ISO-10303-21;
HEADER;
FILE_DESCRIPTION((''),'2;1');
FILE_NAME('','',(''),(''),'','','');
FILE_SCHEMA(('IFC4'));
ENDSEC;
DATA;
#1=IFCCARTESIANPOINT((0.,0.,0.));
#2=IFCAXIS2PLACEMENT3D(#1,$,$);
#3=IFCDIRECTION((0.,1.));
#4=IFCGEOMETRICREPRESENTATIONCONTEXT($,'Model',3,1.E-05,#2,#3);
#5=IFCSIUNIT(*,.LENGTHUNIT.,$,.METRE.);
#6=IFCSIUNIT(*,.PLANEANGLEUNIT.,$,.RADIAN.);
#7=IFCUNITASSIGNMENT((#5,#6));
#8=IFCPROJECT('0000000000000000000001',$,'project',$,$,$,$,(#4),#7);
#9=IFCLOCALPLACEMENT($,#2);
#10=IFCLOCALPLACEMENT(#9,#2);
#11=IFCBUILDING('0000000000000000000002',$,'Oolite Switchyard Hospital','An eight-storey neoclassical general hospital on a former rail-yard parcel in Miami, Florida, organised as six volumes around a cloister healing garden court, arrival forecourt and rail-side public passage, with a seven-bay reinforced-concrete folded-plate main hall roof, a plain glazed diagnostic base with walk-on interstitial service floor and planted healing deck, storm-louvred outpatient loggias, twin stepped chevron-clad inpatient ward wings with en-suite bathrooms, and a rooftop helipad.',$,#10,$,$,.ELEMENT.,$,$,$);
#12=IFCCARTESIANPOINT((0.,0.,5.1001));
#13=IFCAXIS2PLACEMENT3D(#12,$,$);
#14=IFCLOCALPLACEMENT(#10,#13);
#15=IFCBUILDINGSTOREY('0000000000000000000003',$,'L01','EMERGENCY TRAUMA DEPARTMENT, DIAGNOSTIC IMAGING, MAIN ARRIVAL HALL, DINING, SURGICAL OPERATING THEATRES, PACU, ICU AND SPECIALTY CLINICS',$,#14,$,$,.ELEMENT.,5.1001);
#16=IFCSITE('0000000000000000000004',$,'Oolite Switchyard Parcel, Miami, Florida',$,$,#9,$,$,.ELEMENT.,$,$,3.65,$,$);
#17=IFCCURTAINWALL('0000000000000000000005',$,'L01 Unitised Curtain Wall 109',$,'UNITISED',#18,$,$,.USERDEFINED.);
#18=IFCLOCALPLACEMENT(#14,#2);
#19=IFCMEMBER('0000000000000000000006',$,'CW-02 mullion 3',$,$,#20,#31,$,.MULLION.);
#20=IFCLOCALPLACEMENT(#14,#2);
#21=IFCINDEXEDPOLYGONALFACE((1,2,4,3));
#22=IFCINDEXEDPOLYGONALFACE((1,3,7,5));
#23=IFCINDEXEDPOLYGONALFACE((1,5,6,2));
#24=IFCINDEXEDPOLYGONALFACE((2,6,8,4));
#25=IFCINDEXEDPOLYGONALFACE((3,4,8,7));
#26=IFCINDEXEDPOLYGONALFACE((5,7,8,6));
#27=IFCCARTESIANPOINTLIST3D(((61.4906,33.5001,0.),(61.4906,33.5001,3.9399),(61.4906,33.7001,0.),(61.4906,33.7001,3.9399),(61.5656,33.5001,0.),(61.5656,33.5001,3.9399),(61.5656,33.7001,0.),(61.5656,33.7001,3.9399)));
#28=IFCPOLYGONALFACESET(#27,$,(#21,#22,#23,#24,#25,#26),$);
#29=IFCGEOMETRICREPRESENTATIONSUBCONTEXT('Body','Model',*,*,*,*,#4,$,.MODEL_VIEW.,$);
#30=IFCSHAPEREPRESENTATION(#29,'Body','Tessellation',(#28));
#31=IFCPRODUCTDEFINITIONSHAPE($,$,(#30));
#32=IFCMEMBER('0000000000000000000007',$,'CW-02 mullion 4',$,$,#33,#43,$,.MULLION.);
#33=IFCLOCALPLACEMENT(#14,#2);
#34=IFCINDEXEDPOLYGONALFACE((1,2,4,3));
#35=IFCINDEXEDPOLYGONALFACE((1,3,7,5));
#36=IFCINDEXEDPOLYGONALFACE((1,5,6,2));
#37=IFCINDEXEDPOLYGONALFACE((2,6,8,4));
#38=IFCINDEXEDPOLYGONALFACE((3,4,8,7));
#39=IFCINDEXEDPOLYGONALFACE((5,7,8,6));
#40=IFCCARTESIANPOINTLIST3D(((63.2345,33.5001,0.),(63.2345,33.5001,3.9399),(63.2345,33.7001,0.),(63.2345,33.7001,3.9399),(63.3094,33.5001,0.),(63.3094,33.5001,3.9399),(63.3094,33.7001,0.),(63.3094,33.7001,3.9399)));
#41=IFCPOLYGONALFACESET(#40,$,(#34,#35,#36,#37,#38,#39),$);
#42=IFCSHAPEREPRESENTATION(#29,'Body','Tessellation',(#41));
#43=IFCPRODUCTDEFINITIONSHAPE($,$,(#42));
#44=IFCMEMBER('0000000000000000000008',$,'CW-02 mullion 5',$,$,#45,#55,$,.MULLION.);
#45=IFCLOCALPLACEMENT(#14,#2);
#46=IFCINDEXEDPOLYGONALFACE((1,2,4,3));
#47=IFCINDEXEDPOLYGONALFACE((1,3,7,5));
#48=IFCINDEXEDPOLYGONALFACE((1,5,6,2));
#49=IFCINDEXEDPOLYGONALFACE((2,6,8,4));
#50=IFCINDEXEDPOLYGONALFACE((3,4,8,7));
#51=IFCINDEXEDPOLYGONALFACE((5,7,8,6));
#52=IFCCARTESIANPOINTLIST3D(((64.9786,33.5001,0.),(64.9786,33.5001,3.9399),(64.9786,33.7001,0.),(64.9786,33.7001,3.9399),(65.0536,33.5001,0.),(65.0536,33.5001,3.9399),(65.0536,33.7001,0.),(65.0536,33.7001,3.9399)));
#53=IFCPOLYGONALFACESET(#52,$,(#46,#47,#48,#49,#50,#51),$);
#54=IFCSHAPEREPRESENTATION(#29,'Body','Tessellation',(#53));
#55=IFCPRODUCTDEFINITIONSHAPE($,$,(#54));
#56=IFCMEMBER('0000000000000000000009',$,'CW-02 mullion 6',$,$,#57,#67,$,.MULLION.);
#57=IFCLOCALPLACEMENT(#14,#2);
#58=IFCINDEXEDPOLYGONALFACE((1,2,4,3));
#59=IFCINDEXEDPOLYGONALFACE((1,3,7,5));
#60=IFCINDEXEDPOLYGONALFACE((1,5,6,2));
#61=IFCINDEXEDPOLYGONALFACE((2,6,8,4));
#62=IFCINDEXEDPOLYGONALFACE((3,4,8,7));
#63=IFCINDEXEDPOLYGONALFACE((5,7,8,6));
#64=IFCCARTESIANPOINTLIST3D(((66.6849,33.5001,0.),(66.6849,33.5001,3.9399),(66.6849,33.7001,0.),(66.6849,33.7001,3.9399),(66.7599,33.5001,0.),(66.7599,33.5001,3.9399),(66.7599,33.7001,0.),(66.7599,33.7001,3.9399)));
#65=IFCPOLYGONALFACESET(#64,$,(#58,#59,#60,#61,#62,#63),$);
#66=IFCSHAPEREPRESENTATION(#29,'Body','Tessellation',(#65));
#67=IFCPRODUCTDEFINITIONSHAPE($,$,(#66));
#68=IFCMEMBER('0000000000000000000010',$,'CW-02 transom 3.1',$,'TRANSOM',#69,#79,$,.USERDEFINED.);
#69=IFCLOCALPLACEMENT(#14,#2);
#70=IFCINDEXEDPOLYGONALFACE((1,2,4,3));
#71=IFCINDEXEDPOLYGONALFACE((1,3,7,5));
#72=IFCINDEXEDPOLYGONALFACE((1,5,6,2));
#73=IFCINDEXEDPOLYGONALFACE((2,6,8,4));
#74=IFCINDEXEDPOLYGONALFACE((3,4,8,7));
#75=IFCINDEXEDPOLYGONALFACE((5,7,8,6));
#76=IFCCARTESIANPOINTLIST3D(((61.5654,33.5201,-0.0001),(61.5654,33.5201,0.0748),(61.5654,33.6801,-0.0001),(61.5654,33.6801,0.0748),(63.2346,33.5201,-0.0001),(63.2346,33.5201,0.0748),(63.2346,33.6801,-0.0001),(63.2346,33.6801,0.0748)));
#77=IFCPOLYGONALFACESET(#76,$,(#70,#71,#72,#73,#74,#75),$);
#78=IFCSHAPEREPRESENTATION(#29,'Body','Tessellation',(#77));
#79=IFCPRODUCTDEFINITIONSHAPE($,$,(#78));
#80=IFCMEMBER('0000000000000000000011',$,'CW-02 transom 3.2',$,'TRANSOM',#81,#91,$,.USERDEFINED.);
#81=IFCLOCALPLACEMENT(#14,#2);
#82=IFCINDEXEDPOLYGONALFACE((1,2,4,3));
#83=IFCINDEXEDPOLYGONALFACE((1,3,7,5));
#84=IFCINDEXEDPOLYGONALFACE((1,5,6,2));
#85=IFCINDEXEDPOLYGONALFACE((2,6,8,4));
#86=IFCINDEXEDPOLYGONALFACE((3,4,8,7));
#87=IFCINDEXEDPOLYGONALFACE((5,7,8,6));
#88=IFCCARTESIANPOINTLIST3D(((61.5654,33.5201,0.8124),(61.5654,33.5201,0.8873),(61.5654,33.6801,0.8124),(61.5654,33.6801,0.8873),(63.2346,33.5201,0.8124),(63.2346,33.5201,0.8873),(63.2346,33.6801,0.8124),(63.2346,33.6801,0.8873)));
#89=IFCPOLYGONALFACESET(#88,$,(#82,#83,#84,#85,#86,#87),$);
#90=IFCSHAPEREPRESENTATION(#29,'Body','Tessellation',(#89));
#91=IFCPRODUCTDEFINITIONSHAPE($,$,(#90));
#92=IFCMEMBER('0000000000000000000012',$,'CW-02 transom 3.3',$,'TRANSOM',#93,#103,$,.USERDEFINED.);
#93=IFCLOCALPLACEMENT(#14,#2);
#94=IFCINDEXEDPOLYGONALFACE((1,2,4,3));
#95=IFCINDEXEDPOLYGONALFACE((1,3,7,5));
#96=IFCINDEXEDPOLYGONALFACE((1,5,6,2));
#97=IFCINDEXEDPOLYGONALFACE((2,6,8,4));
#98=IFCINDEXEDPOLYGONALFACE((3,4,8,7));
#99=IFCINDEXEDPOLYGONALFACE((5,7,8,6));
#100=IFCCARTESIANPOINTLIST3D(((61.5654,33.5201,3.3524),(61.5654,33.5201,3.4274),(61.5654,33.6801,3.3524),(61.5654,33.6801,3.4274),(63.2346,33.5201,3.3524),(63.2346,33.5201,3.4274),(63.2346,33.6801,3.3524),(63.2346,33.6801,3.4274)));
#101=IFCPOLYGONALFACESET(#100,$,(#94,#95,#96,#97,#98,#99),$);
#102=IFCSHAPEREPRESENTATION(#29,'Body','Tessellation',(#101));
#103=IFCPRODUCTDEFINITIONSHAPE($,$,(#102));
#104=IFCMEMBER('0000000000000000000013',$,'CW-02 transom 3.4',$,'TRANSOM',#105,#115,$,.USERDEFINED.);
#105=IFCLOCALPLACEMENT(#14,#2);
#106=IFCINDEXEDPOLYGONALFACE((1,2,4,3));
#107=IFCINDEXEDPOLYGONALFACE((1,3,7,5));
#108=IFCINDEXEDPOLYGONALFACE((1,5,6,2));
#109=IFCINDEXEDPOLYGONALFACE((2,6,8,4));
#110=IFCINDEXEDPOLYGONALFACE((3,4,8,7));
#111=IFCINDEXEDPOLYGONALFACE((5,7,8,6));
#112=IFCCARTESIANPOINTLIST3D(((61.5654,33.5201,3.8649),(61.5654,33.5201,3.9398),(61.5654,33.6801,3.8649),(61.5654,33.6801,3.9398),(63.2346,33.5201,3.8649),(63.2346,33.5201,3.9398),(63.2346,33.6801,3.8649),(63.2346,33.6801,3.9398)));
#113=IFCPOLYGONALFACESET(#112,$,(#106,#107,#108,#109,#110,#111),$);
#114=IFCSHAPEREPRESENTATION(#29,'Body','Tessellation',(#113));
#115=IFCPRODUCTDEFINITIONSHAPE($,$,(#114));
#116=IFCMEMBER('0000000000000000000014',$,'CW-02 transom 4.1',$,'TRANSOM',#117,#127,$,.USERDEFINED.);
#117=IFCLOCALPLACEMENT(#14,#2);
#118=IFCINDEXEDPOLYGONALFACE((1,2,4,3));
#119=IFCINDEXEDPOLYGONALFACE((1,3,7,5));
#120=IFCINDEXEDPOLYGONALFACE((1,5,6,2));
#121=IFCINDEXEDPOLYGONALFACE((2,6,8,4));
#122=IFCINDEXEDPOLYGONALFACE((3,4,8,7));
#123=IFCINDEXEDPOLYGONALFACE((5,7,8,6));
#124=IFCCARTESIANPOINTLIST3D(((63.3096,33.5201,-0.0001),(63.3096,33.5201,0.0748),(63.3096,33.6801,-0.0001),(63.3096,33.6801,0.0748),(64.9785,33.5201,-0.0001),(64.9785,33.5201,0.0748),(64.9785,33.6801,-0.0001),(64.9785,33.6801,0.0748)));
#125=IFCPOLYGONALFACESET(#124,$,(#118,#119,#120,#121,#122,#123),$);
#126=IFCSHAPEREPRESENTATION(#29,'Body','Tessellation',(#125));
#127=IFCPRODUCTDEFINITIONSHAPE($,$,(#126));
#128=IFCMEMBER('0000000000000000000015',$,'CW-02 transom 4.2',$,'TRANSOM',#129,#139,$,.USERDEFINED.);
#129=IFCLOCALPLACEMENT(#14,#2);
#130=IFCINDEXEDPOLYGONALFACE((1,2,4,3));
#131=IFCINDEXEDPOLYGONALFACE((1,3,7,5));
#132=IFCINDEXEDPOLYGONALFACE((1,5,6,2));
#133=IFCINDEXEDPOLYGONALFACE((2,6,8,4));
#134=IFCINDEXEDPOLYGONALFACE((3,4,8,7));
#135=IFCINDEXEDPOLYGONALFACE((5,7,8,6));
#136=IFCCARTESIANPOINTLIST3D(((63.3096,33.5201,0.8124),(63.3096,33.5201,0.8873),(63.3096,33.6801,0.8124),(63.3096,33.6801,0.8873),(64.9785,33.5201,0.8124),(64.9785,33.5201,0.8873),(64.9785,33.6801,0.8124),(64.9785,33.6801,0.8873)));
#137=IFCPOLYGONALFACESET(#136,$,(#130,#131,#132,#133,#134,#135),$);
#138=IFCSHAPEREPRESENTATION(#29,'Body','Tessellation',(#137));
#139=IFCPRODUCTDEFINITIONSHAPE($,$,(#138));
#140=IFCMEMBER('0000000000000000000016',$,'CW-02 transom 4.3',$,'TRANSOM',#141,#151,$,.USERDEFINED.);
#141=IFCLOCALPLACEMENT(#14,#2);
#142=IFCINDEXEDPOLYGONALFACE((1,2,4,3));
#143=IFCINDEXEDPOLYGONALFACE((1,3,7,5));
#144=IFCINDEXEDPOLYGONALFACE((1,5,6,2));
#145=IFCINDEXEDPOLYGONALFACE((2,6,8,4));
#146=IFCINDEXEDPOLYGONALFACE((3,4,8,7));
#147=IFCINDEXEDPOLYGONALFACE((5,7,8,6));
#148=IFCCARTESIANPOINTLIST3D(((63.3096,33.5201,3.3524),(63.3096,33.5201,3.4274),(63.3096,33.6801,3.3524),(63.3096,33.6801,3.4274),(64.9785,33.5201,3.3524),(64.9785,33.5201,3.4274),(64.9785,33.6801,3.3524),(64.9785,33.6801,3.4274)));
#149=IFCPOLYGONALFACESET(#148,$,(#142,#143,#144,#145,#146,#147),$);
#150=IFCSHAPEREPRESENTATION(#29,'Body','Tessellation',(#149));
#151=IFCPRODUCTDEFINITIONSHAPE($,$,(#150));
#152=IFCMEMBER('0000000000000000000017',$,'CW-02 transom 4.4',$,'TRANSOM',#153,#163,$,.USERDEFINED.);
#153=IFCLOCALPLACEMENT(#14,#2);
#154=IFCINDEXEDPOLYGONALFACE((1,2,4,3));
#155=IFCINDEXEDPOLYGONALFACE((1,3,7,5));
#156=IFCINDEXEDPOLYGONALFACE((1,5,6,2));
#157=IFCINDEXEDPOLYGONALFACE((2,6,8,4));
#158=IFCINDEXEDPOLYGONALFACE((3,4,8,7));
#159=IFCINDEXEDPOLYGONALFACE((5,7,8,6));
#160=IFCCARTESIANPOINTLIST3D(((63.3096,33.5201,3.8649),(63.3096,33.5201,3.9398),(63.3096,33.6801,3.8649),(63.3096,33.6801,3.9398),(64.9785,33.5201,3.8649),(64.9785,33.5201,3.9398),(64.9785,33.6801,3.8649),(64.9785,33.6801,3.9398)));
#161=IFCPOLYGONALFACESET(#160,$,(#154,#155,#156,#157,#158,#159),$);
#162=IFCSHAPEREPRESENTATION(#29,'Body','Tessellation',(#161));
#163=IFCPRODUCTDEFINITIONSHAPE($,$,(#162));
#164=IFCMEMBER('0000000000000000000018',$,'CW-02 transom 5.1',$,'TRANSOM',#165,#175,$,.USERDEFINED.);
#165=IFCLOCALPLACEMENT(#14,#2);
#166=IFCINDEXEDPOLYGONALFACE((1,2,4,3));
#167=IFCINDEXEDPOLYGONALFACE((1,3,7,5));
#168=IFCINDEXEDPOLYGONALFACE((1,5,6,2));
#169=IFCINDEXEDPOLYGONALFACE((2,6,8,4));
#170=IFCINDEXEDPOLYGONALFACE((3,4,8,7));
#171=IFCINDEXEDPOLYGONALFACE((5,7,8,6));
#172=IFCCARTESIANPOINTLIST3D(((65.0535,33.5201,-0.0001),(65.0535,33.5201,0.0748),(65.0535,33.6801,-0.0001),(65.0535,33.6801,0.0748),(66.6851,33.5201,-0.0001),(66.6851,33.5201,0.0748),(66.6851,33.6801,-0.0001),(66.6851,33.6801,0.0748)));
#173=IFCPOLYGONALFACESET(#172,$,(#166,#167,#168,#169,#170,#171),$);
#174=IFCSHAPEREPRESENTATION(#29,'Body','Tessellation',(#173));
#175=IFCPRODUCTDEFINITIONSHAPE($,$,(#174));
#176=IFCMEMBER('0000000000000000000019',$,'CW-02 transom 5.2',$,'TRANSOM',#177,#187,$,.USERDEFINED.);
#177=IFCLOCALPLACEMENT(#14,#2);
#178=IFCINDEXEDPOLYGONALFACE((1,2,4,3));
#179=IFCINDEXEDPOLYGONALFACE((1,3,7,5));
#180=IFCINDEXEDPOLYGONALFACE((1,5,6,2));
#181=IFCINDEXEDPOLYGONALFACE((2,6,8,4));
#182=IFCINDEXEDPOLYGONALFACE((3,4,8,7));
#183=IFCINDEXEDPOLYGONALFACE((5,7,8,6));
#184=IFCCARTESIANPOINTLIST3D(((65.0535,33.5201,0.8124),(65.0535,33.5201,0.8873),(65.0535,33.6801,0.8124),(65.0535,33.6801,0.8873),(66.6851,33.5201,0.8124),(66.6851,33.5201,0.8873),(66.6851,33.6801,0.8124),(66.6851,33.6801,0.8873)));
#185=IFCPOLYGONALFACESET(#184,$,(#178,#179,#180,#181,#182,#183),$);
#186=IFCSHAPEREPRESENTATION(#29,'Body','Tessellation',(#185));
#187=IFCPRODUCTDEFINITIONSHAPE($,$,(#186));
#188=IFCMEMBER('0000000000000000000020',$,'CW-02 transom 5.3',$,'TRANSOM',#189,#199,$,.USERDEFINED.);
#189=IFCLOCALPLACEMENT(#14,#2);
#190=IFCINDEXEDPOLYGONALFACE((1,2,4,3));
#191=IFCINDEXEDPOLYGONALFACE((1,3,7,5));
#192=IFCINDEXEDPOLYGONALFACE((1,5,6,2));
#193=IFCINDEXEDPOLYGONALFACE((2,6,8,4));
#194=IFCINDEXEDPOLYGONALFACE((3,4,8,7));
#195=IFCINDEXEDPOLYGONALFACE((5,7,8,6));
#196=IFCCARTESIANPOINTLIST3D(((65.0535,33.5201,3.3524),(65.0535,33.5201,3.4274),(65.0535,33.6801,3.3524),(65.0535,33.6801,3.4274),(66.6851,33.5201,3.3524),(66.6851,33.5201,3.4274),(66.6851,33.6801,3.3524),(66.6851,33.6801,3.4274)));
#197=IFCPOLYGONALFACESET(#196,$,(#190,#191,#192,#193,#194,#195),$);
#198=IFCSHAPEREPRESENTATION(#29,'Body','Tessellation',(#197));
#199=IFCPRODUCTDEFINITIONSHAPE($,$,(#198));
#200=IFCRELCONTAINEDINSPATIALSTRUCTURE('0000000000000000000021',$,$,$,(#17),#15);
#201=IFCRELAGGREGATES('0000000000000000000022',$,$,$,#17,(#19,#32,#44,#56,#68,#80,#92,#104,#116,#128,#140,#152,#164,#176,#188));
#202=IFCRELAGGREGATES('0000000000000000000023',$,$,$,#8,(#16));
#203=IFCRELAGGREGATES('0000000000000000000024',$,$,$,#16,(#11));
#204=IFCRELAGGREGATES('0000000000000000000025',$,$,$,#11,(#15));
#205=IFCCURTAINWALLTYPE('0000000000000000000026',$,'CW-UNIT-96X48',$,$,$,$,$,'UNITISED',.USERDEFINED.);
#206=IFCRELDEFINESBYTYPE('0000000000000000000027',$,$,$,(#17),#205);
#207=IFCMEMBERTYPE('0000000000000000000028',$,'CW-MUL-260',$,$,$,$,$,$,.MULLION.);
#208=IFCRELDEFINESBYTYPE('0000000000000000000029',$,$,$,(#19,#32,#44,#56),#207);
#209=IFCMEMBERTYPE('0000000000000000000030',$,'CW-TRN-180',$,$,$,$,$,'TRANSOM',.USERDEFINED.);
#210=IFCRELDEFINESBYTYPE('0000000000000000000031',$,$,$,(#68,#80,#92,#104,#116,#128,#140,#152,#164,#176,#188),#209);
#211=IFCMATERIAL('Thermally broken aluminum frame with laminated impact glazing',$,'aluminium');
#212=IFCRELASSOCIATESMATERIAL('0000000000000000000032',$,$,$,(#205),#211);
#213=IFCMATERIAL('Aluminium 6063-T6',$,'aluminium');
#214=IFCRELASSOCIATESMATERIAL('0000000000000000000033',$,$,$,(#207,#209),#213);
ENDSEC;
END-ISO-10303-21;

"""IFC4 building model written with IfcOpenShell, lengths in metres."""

from ifc_helpers import new_model, si_unit, direction, frame, origin, origin_2d, place, context, subcontext, project, spatial, rectangle, extrude, material, material_profile, profile_set, type_object, element, aggregate, save


model = new_model("IFC4")

# Units and contexts
model_context = context("Model", 3, precision=1e-05, world=origin(), true_north=direction((0.0, 1.0)))
body_context = subcontext(model_context, "Body", "Model", "MODEL_VIEW")
ifc_project = project(units=[si_unit("LENGTHUNIT", "METRE"), si_unit("PLANEANGLEUNIT", "RADIAN")], contexts=[model_context])

# Site, building, storey
site_placement = place(None, origin())
site = spatial("IfcSite", under=ifc_project, at=site_placement, Name="Oolite Switchyard Parcel, Miami, Florida", CompositionType="ELEMENT", RefElevation=3.65)
building_placement = place(site_placement, origin())
building = spatial("IfcBuilding", under=site, at=building_placement, Name="Oolite Switchyard Hospital", Description="An eight-storey neoclassical general hospital on a former rail-yard parcel in Miami, Florida, organised as six volumes around a cloister healing garden court, arrival forecourt and rail-side public passage, with a seven-bay reinforced-concrete folded-plate main hall roof, a plain glazed diagnostic base with walk-on interstitial service floor and planted healing deck, storm-louvred outpatient loggias, twin stepped chevron-clad inpatient ward wings with en-suite bathrooms, and a rooftop helipad.", CompositionType="ELEMENT")
storey_placement = place(building_placement, frame((0.0, 0.0, 5.1001)))
storey = spatial("IfcBuildingStorey", under=building, at=storey_placement, Name="L01", Description="EMERGENCY TRAUMA DEPARTMENT, DIAGNOSTIC IMAGING, MAIN ARRIVAL HALL, DINING, SURGICAL OPERATING THEATRES, PACU, ICU AND SPECIALTY CLINICS", CompositionType="ELEMENT", Elevation=5.1001)

# Curtain wall, members
ifc_material_1 = material(Name="Thermally broken aluminum frame with laminated impact glazing", Category="aluminium")
curtain_wall_type = type_object("IfcCurtainWallType", Name="CW-UNIT-96X48", ElementType="UNITISED", PredefinedType="USERDEFINED", material=ifc_material_1)
curtain_wall_placement = place(storey_placement, origin())
curtain_wall = element("IfcCurtainWall", 1, at=curtain_wall_placement, inside=storey, type_object=curtain_wall_type, Name="L01 Unitised Curtain Wall 109", ObjectType="UNITISED", PredefinedType="USERDEFINED")
ifc_material_2 = material(Name="Aluminium 6063-T6", Category="aluminium")
ifc_material_profile_1 = material_profile(ifc_material_2, rectangle(XDim=0.2, YDim=0.075, at=origin_2d()), Name="CWM75X200")
ifc_profile_set_1 = profile_set([ifc_material_profile_1], Name="Aluminium 6063-T6")
member_type_1 = type_object("IfcMemberType", Name="CW-MUL-260", PredefinedType="MULLION", material=ifc_profile_set_1)
member_1_placement = place(storey_placement, frame((61.5281, 33.6001, 0.0), z_axis=(0.0, 0.0, 1.0), x_axis=(0.0, 1.0, 0.0)))
member_1 = element("IfcMember", 2, at=member_1_placement, type_object=member_type_1, Name="CW-02 mullion 3", PredefinedType="MULLION", context=body_context, shape_type="SweptSolid", body=[
    extrude(rectangle(XDim=0.2, YDim=0.075, at=origin_2d()), origin(), (0.0, 0.0, 1.0), 3.9399),
])
member_2_placement = place(storey_placement, frame((63.272, 33.6001, 0.0), z_axis=(0.0, 0.0, 1.0), x_axis=(0.0, 1.0, 0.0)))
member_2 = element("IfcMember", 3, at=member_2_placement, type_object=member_type_1, Name="CW-02 mullion 4", PredefinedType="MULLION", context=body_context, shape_type="SweptSolid", body=[
    extrude(rectangle(XDim=0.2, YDim=0.075, at=origin_2d()), origin(), (0.0, 0.0, 1.0), 3.9399),
])
member_3_placement = place(storey_placement, frame((65.0161, 33.6001, 0.0), z_axis=(0.0, 0.0, 1.0), x_axis=(0.0, 1.0, 0.0)))
member_3 = element("IfcMember", 4, at=member_3_placement, type_object=member_type_1, Name="CW-02 mullion 5", PredefinedType="MULLION", context=body_context, shape_type="SweptSolid", body=[
    extrude(rectangle(XDim=0.2, YDim=0.075, at=origin_2d()), origin(), (0.0, 0.0, 1.0), 3.9399),
])
member_4_placement = place(storey_placement, frame((66.7224, 33.6001, 0.0), z_axis=(0.0, 0.0, 1.0), x_axis=(0.0, 1.0, 0.0)))
member_4 = element("IfcMember", 5, at=member_4_placement, type_object=member_type_1, Name="CW-02 mullion 6", PredefinedType="MULLION", context=body_context, shape_type="SweptSolid", body=[
    extrude(rectangle(XDim=0.2, YDim=0.075, at=origin_2d()), origin(), (0.0, 0.0, 1.0), 3.9399),
])
ifc_material_profile_2 = material_profile(ifc_material_2, rectangle(XDim=0.1599, YDim=0.075, at=origin_2d()), Name="CWT75X160")
ifc_profile_set_2 = profile_set([ifc_material_profile_2], Name="Aluminium 6063-T6")
member_type_2 = type_object("IfcMemberType", Name="CW-TRN-180", ElementType="TRANSOM", PredefinedType="USERDEFINED", material=ifc_profile_set_2)
member_5_placement = place(storey_placement, frame((61.5654, 33.6001, 0.0374), z_axis=(1.0, 0.0, 0.0), x_axis=(0.0, 1.0, 0.0)))
member_5 = element("IfcMember", 6, at=member_5_placement, type_object=member_type_2, Name="CW-02 transom 3.1", ObjectType="TRANSOM", PredefinedType="USERDEFINED", context=body_context, shape_type="SweptSolid", body=[
    extrude(rectangle(XDim=0.1599, YDim=0.075, at=origin_2d()), origin(), (0.0, 0.0, 1.0), 1.6692),
])
member_6_placement = place(storey_placement, frame((61.5654, 33.6001, 0.8499), z_axis=(1.0, 0.0, 0.0), x_axis=(0.0, 1.0, 0.0)))
member_6 = element("IfcMember", 7, at=member_6_placement, type_object=member_type_2, Name="CW-02 transom 3.2", ObjectType="TRANSOM", PredefinedType="USERDEFINED", context=body_context, shape_type="SweptSolid", body=[
    extrude(rectangle(XDim=0.1599, YDim=0.075, at=origin_2d()), origin(), (0.0, 0.0, 1.0), 1.6692),
])
member_7_placement = place(storey_placement, frame((61.5654, 33.6001, 3.3899), z_axis=(1.0, 0.0, 0.0), x_axis=(0.0, 1.0, 0.0)))
member_7 = element("IfcMember", 8, at=member_7_placement, type_object=member_type_2, Name="CW-02 transom 3.3", ObjectType="TRANSOM", PredefinedType="USERDEFINED", context=body_context, shape_type="SweptSolid", body=[
    extrude(rectangle(XDim=0.1599, YDim=0.075, at=origin_2d()), origin(), (0.0, 0.0, 1.0), 1.6692),
])
member_8_placement = place(storey_placement, frame((61.5654, 33.6001, 3.9023), z_axis=(1.0, 0.0, 0.0), x_axis=(0.0, 1.0, 0.0)))
member_8 = element("IfcMember", 9, at=member_8_placement, type_object=member_type_2, Name="CW-02 transom 3.4", ObjectType="TRANSOM", PredefinedType="USERDEFINED", context=body_context, shape_type="SweptSolid", body=[
    extrude(rectangle(XDim=0.1599, YDim=0.075, at=origin_2d()), origin(), (0.0, 0.0, 1.0), 1.6692),
])
member_9_placement = place(storey_placement, frame((63.3096, 33.6001, 0.0374), z_axis=(1.0, 0.0, 0.0), x_axis=(0.0, 1.0, 0.0)))
member_9 = element("IfcMember", 10, at=member_9_placement, type_object=member_type_2, Name="CW-02 transom 4.1", ObjectType="TRANSOM", PredefinedType="USERDEFINED", context=body_context, shape_type="SweptSolid", body=[
    extrude(rectangle(XDim=0.1599, YDim=0.075, at=origin_2d()), origin(), (0.0, 0.0, 1.0), 1.6689),
])
member_10_placement = place(storey_placement, frame((63.3096, 33.6001, 0.8499), z_axis=(1.0, 0.0, 0.0), x_axis=(0.0, 1.0, 0.0)))
member_10 = element("IfcMember", 11, at=member_10_placement, type_object=member_type_2, Name="CW-02 transom 4.2", ObjectType="TRANSOM", PredefinedType="USERDEFINED", context=body_context, shape_type="SweptSolid", body=[
    extrude(rectangle(XDim=0.1599, YDim=0.075, at=origin_2d()), origin(), (0.0, 0.0, 1.0), 1.6689),
])
member_11_placement = place(storey_placement, frame((63.3096, 33.6001, 3.3899), z_axis=(1.0, 0.0, 0.0), x_axis=(0.0, 1.0, 0.0)))
member_11 = element("IfcMember", 12, at=member_11_placement, type_object=member_type_2, Name="CW-02 transom 4.3", ObjectType="TRANSOM", PredefinedType="USERDEFINED", context=body_context, shape_type="SweptSolid", body=[
    extrude(rectangle(XDim=0.1599, YDim=0.075, at=origin_2d()), origin(), (0.0, 0.0, 1.0), 1.6689),
])
member_12_placement = place(storey_placement, frame((63.3096, 33.6001, 3.9023), z_axis=(1.0, 0.0, 0.0), x_axis=(0.0, 1.0, 0.0)))
member_12 = element("IfcMember", 13, at=member_12_placement, type_object=member_type_2, Name="CW-02 transom 4.4", ObjectType="TRANSOM", PredefinedType="USERDEFINED", context=body_context, shape_type="SweptSolid", body=[
    extrude(rectangle(XDim=0.1599, YDim=0.075, at=origin_2d()), origin(), (0.0, 0.0, 1.0), 1.6689),
])
member_13_placement = place(storey_placement, frame((65.0535, 33.6001, 0.0374), z_axis=(1.0, 0.0, 0.0), x_axis=(0.0, 1.0, 0.0)))
member_13 = element("IfcMember", 14, at=member_13_placement, type_object=member_type_2, Name="CW-02 transom 5.1", ObjectType="TRANSOM", PredefinedType="USERDEFINED", context=body_context, shape_type="SweptSolid", body=[
    extrude(rectangle(XDim=0.1599, YDim=0.075, at=origin_2d()), origin(), (0.0, 0.0, 1.0), 1.6316),
])
member_14_placement = place(storey_placement, frame((65.0535, 33.6001, 0.8499), z_axis=(1.0, 0.0, 0.0), x_axis=(0.0, 1.0, 0.0)))
member_14 = element("IfcMember", 15, at=member_14_placement, type_object=member_type_2, Name="CW-02 transom 5.2", ObjectType="TRANSOM", PredefinedType="USERDEFINED", context=body_context, shape_type="SweptSolid", body=[
    extrude(rectangle(XDim=0.1599, YDim=0.075, at=origin_2d()), origin(), (0.0, 0.0, 1.0), 1.6316),
])
member_15_placement = place(storey_placement, frame((65.0535, 33.6001, 3.3899), z_axis=(1.0, 0.0, 0.0), x_axis=(0.0, 1.0, 0.0)))
member_15 = element("IfcMember", 16, at=member_15_placement, type_object=member_type_2, Name="CW-02 transom 5.3", ObjectType="TRANSOM", PredefinedType="USERDEFINED", context=body_context, shape_type="SweptSolid", body=[
    extrude(rectangle(XDim=0.1599, YDim=0.075, at=origin_2d()), origin(), (0.0, 0.0, 1.0), 1.6316),
])
aggregate(curtain_wall, [member_1, member_2, member_3, member_4, member_5, member_6, member_7, member_8, member_9, member_10, member_11, member_12, member_13, member_14, member_15])

save(model, "model.ifc")
